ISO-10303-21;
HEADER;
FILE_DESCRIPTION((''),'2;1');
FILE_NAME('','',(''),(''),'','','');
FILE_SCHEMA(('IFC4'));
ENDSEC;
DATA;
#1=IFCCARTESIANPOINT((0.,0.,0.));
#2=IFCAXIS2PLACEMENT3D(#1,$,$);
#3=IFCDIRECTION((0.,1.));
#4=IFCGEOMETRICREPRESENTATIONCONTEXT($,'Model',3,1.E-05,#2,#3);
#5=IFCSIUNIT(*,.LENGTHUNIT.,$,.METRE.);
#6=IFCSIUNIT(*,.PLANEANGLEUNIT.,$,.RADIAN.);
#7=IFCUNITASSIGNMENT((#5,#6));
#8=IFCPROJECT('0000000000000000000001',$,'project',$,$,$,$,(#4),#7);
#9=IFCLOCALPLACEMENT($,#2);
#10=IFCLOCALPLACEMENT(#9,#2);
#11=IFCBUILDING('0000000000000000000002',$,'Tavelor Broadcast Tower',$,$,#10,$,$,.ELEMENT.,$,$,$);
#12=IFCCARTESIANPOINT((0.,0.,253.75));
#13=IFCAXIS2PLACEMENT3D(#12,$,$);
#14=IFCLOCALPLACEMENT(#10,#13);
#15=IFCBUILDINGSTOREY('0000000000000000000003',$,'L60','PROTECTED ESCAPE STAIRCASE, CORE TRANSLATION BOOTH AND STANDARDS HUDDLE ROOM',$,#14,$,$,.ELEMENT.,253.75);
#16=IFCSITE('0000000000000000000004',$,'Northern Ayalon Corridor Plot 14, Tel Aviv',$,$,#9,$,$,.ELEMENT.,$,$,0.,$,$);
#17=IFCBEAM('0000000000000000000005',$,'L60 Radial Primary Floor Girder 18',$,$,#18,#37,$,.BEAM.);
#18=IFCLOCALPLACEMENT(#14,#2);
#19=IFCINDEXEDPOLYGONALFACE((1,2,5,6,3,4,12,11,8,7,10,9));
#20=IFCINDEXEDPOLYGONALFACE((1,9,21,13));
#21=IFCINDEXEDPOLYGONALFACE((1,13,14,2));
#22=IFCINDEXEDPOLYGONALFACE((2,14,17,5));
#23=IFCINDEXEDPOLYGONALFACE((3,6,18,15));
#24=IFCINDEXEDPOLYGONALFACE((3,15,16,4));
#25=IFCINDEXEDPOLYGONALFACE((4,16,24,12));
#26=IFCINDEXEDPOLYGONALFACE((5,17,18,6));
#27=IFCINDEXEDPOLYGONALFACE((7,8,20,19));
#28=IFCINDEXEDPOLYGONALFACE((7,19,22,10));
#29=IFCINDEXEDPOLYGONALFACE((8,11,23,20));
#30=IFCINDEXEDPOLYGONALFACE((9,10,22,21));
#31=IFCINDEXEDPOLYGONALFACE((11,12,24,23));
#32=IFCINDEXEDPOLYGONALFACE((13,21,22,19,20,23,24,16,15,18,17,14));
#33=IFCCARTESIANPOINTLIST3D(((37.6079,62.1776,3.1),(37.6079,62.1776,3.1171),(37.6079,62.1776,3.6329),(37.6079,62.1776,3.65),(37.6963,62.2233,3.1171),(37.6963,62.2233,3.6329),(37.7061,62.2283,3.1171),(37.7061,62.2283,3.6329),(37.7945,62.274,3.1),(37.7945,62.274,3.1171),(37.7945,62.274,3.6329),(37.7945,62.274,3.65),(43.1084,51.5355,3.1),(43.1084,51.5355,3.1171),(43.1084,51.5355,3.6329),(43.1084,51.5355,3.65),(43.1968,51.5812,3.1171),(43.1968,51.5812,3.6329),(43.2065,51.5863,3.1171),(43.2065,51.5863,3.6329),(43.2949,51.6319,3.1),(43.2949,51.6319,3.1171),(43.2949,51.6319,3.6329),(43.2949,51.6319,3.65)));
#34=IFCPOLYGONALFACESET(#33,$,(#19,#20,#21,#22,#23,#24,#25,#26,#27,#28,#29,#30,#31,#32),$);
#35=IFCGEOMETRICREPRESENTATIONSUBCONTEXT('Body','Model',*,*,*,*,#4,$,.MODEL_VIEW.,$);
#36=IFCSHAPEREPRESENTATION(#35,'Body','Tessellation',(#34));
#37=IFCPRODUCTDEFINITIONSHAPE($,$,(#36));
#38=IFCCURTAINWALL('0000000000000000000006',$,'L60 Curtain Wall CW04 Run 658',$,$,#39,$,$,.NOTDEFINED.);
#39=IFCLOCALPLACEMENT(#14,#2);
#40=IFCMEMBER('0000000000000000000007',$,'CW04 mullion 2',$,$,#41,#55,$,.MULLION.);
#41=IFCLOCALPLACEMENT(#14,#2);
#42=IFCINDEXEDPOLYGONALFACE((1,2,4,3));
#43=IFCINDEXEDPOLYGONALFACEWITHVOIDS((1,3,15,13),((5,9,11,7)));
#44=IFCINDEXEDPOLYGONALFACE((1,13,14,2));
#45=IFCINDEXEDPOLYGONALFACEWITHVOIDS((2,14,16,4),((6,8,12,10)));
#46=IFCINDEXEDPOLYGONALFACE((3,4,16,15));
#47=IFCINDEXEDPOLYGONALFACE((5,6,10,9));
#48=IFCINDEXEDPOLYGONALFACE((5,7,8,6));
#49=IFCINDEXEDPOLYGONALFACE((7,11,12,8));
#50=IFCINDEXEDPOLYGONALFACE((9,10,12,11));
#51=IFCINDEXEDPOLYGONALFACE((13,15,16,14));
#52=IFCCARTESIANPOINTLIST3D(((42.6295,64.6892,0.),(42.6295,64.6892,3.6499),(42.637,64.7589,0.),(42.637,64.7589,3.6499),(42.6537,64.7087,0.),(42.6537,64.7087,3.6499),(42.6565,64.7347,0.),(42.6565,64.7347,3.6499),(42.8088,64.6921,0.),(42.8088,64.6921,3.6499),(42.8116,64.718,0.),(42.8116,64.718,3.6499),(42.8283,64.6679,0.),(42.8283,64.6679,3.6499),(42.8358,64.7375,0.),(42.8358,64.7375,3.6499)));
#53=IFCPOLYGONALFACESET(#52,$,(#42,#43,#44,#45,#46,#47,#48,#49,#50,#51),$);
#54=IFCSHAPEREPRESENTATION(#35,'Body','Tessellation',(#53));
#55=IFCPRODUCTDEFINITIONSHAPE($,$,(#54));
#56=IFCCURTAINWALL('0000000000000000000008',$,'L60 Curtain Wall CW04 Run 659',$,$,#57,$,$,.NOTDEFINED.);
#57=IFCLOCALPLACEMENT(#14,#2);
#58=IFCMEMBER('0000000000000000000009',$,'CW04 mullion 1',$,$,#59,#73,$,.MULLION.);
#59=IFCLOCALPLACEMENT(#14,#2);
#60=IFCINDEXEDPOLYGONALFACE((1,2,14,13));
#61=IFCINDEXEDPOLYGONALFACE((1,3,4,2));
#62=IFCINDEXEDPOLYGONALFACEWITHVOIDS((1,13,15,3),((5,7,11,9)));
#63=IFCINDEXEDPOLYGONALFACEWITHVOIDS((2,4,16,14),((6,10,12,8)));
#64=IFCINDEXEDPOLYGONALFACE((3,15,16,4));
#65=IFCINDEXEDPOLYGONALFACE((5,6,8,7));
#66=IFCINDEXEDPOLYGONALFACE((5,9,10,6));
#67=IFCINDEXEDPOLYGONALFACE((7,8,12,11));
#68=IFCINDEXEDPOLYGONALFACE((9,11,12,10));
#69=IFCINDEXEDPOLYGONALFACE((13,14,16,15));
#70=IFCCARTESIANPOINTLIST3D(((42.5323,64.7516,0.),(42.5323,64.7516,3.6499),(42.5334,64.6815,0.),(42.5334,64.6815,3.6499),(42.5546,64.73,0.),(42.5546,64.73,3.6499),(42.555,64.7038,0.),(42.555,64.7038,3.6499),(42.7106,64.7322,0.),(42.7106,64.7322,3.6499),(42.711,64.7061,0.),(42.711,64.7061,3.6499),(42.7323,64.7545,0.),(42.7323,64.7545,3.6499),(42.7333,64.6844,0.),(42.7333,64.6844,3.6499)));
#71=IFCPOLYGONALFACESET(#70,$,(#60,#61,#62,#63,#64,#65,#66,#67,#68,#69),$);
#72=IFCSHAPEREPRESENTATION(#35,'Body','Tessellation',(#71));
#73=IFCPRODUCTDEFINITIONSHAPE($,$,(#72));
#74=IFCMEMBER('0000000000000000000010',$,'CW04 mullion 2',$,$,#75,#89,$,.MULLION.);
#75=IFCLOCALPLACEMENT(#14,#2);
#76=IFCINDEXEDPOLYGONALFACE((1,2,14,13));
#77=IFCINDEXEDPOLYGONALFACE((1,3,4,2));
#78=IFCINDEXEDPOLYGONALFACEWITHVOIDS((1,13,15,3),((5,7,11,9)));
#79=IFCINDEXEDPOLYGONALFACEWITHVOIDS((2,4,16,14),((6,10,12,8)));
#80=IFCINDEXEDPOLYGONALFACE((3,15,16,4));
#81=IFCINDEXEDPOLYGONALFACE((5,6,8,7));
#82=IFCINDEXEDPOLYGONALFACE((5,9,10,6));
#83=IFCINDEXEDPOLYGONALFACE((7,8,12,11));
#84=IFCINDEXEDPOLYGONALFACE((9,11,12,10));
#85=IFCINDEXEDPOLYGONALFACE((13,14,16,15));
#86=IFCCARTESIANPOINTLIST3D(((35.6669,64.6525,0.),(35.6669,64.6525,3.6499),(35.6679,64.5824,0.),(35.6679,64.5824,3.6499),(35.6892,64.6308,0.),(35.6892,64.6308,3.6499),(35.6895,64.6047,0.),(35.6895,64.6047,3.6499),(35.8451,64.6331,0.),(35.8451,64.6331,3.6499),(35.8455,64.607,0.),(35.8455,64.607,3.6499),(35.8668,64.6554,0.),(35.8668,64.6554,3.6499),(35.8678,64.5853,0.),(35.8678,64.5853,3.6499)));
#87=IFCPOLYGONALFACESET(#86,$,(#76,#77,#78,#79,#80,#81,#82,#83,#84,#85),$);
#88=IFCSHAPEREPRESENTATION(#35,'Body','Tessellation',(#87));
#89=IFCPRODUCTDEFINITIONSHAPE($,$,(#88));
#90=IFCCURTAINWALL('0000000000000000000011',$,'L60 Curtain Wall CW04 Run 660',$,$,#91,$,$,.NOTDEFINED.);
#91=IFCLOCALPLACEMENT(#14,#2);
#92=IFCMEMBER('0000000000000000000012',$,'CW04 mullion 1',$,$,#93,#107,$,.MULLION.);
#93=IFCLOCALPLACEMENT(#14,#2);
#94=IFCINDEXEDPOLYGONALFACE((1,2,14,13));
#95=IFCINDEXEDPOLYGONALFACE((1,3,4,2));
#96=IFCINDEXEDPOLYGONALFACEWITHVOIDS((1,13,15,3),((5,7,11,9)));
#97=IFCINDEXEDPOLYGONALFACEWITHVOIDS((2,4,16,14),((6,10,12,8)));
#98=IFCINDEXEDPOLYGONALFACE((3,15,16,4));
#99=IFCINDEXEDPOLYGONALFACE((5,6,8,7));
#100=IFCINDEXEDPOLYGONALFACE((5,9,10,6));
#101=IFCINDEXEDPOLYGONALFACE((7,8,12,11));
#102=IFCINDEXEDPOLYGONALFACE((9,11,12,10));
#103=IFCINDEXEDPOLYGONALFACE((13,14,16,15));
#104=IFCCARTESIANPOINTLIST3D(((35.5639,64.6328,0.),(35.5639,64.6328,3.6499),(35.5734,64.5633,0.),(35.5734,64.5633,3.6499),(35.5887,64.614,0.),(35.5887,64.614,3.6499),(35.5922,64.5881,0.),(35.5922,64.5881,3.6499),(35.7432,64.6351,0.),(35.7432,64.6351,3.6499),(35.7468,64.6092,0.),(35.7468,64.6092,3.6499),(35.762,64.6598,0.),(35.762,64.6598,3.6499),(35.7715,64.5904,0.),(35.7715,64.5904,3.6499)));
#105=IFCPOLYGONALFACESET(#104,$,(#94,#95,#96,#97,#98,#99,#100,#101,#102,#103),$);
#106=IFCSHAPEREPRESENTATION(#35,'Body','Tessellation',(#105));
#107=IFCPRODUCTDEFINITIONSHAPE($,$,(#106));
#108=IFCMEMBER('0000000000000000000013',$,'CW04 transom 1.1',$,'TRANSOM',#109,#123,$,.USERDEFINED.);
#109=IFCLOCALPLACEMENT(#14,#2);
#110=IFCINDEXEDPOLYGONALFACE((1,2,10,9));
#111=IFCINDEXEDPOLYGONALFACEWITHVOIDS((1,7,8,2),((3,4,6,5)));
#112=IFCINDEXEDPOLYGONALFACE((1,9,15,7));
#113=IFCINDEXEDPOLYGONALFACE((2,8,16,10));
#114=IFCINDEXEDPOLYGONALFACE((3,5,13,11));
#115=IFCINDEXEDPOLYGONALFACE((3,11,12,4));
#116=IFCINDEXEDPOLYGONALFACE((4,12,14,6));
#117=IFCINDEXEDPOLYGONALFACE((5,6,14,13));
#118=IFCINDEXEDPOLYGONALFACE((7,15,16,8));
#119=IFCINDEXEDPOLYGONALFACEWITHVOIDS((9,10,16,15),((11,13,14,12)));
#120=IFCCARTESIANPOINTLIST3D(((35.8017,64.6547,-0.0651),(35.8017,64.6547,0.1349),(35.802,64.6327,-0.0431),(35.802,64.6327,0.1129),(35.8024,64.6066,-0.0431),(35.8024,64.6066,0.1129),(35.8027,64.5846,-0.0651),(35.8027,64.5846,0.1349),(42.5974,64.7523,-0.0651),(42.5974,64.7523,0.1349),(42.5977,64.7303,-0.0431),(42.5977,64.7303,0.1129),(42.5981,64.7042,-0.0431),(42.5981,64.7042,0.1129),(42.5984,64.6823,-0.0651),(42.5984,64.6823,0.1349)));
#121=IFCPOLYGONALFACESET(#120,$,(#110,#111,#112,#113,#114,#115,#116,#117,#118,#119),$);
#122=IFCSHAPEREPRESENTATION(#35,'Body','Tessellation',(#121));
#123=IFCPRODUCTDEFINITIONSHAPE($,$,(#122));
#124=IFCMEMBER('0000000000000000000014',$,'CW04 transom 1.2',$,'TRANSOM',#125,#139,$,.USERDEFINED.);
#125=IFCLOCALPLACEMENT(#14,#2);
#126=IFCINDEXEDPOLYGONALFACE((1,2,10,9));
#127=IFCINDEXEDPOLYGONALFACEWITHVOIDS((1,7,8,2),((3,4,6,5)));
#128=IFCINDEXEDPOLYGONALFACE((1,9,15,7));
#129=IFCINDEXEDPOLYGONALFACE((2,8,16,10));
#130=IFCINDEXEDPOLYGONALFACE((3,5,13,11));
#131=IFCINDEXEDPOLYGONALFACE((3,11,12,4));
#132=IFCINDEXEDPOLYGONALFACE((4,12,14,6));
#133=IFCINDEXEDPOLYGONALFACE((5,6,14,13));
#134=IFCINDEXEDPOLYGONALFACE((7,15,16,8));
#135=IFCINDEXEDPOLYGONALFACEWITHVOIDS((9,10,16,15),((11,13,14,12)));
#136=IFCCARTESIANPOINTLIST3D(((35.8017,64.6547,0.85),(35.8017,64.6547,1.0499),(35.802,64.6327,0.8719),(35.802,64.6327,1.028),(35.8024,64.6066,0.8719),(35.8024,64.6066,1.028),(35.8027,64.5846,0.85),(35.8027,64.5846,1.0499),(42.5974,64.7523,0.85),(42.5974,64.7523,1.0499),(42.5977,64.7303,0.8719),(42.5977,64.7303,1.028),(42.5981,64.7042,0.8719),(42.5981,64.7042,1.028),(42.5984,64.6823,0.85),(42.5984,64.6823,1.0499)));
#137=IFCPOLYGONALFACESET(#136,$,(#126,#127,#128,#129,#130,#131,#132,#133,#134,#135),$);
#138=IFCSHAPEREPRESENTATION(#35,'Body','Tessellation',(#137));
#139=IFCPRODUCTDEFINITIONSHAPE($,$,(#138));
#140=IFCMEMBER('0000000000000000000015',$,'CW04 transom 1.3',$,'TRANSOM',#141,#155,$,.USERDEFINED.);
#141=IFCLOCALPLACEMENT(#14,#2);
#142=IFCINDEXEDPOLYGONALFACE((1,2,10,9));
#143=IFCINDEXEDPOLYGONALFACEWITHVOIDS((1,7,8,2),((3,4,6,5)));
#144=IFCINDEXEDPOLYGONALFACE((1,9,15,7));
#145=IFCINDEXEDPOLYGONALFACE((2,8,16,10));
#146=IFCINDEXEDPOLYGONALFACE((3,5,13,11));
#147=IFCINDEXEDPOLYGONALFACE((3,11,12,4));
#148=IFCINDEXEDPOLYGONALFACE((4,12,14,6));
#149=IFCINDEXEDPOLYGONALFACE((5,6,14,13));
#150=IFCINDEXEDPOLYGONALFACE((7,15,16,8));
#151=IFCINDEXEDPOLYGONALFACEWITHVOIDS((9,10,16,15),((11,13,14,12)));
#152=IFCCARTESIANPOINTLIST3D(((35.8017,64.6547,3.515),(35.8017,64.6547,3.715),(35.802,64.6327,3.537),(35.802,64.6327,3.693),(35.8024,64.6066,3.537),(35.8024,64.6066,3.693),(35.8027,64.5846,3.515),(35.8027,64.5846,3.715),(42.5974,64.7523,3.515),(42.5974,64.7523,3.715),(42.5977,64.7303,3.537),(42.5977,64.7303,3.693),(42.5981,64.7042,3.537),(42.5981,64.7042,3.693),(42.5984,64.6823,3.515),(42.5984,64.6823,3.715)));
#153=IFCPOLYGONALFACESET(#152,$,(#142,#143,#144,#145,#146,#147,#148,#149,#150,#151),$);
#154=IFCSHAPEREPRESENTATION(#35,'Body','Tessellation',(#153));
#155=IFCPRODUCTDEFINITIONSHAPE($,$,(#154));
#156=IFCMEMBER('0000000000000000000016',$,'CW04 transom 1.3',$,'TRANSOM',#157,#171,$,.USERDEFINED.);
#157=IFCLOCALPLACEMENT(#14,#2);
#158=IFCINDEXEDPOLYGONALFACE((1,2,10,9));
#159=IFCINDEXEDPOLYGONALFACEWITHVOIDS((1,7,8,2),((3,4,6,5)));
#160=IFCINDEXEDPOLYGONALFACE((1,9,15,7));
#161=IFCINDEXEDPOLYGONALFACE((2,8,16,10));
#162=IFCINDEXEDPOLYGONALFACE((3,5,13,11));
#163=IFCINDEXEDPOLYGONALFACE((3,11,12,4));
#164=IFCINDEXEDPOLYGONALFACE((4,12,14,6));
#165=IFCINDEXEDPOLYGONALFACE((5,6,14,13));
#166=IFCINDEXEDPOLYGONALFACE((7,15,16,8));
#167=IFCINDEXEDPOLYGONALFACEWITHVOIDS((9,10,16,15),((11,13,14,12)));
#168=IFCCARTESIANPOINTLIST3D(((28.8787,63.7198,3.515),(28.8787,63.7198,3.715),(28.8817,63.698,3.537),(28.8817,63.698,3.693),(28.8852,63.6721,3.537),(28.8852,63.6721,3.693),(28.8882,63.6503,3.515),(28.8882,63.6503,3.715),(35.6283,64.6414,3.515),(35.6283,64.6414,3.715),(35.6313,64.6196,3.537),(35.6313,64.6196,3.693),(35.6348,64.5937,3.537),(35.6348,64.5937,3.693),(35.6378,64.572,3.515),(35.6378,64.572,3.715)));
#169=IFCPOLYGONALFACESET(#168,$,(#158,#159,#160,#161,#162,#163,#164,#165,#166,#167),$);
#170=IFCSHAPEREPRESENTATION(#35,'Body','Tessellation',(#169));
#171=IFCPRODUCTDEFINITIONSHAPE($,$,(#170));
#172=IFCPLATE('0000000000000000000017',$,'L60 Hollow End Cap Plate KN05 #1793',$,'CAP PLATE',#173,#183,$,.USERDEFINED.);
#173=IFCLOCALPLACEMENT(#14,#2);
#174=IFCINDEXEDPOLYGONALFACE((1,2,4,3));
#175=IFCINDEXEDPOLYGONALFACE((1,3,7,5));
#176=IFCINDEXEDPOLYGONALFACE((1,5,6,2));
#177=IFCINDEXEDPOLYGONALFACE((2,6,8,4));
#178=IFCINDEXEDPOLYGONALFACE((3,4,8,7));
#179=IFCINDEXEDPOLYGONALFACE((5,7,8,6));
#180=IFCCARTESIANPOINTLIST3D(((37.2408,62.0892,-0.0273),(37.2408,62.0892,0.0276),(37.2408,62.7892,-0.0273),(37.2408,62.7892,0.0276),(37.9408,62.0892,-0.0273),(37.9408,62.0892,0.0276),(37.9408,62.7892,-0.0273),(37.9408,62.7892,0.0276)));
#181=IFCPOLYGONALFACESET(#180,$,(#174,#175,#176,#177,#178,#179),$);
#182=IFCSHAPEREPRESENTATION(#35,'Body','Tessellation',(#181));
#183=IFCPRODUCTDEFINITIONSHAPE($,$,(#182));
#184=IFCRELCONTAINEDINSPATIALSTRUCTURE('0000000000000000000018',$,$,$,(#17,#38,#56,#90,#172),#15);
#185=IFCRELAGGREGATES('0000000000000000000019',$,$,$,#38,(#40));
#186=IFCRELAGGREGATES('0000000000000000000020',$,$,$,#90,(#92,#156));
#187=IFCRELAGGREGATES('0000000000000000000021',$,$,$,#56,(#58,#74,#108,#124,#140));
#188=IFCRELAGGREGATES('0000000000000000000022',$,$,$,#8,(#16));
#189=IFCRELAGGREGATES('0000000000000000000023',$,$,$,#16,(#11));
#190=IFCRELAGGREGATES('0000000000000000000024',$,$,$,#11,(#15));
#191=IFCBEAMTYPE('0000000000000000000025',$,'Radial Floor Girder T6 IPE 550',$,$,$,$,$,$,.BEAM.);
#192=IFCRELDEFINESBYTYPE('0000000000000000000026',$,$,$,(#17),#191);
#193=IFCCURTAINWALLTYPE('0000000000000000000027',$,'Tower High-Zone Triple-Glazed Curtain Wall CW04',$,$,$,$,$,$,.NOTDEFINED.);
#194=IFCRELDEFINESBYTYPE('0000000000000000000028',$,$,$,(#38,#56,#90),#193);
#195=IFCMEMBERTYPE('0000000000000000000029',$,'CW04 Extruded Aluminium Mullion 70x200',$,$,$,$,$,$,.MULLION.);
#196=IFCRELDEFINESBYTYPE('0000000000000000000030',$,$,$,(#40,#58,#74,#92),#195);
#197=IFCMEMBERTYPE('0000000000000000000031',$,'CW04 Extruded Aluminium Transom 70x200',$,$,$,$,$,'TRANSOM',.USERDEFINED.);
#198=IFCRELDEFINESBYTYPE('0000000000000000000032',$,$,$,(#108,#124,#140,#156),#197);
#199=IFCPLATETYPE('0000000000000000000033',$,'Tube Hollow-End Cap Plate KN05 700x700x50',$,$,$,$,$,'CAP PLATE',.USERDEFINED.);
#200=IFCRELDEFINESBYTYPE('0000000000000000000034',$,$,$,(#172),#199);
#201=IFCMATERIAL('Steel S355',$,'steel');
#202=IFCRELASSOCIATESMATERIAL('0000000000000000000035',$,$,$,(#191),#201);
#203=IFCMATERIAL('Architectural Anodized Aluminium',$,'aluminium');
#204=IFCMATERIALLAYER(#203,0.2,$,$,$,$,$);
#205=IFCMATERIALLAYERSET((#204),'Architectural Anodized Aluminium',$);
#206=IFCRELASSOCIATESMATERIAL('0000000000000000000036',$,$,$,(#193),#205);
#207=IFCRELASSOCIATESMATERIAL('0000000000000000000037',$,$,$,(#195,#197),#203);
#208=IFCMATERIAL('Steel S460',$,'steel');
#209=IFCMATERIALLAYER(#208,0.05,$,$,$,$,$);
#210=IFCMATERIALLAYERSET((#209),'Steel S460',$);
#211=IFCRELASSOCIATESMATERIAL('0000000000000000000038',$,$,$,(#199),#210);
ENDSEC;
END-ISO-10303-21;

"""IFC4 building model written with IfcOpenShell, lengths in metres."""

from ifc_helpers import new_model, si_unit, direction, frame, origin, origin_2d, place, context, subcontext, project, spatial, rectangle, hollow_rectangle, i_section, extrude, source, transform, mapped, material, layer, layer_set, material_profile, profile_set, type_object, type_shapes, element, aggregate, save


model = new_model("IFC4")

# Units and contexts
model_context = context("Model", 3, precision=1e-05, world=origin(), true_north=direction((0.0, 1.0)))
body_context = subcontext(model_context, "Body", "Model", "MODEL_VIEW")
ifc_project = project(units=[si_unit("LENGTHUNIT", "METRE"), si_unit("PLANEANGLEUNIT", "RADIAN")], contexts=[model_context])

# Site, building, storey
site_placement = place(None, origin())
site = spatial("IfcSite", under=ifc_project, at=site_placement, Name="Northern Ayalon Corridor Plot 14, Tel Aviv", CompositionType="ELEMENT", RefElevation=0.0)
building_placement = place(site_placement, origin())
building = spatial("IfcBuilding", under=site, at=building_placement, Name="Tavelor Broadcast Tower", CompositionType="ELEMENT")
storey_placement = place(building_placement, frame((0.0, 0.0, 253.75)))
storey = spatial("IfcBuildingStorey", under=building, at=storey_placement, Name="L60", Description="PROTECTED ESCAPE STAIRCASE, CORE TRANSLATION BOOTH AND STANDARDS HUDDLE ROOM", CompositionType="ELEMENT", Elevation=253.75)

# Shared definitions
ifc_material_1 = material(Name="Steel S460", Category="steel")

# Beam
ifc_material_2 = material(Name="Steel S355", Category="steel")
ifc_material_profile_1 = material_profile(ifc_material_2, i_section(OverallWidth=0.21, OverallDepth=0.55, WebThickness=0.011, FlangeThickness=0.0171, at=origin_2d()), Name="IPE 550")
ifc_profile_set_1 = profile_set([ifc_material_profile_1], Name="Steel S355")
beam_type_1 = type_object("IfcBeamType", Name="Radial Floor Girder T6 IPE 550", PredefinedType="BEAM", material=ifc_profile_set_1)
beam_1_placement = place(storey_placement, frame((43.2017, 51.5837, 3.375), z_axis=(-0.459157, 0.888355, 0.0), x_axis=(-0.888355, -0.459157, 0.0)))
element("IfcBeam", 1, at=beam_1_placement, inside=storey, type_object=beam_type_1, Name="L60 Radial Primary Floor Girder 18", PredefinedType="BEAM", context=body_context, shape_type="SweptSolid", body=[
    extrude(i_section(OverallWidth=0.21, OverallDepth=0.55, WebThickness=0.011, FlangeThickness=0.0171, at=origin_2d()), origin(), (0.0, 0.0, 1.0), 11.9795),
])

# Curtain wall, member
ifc_material_3 = material(Name="Architectural Anodized Aluminium", Category="aluminium")
ifc_layer_1 = layer(ifc_material_3, 0.2)
ifc_layer_set_1 = layer_set([ifc_layer_1], Name="Architectural Anodized Aluminium")
curtain_wall_type = type_object("IfcCurtainWallType", Name="Tower High-Zone Triple-Glazed Curtain Wall CW04", PredefinedType="NOTDEFINED", material=ifc_layer_set_1)
curtain_wall_1_placement = place(storey_placement, origin())
curtain_wall_1 = element("IfcCurtainWall", 2, at=curtain_wall_1_placement, inside=storey, type_object=curtain_wall_type, Name="L60 Curtain Wall CW04 Run 658", PredefinedType="NOTDEFINED")
ifc_material_profile_2 = material_profile(ifc_material_3, hollow_rectangle(XDim=0.0701, YDim=0.2, WallThickness=0.022, at=origin_2d()), Name="RHS 70x200x22")
ifc_profile_set_2 = profile_set([ifc_material_profile_2], Name="Architectural Anodized Aluminium")
member_type_1 = type_object("IfcMemberType", Name="CW04 Extruded Aluminium Mullion 70x200", PredefinedType="MULLION", material=ifc_profile_set_2)
shared_shape_1 = source(origin(), body_context, "Body", "SweptSolid", [
    extrude(hollow_rectangle(XDim=0.0701, YDim=0.2, WallThickness=0.022, at=origin_2d()), origin(), (0.0, 0.0, 1.0), 3.6499),
])
type_shapes(member_type_1, [shared_shape_1])
member_1_placement = place(storey_placement, frame((42.7327, 64.7134, 0.0), z_axis=(0.0, 0.0, 1.0), x_axis=(-0.106685, -0.994293, 0.0)))
member_1 = element("IfcMember", 3, at=member_1_placement, type_object=member_type_1, Name="CW04 mullion 2", PredefinedType="MULLION", context=body_context, shape_type="MappedRepresentation", body=[
    mapped(shared_shape_1, transform((0.0, 0.0, 0.0), scale=1.0)),
])
aggregate(curtain_wall_1, [member_1])

# Curtain wall, members
curtain_wall_2_placement = place(storey_placement, origin())
curtain_wall_2 = element("IfcCurtainWall", 4, at=curtain_wall_2_placement, inside=storey, type_object=curtain_wall_type, Name="L60 Curtain Wall CW04 Run 659", PredefinedType="NOTDEFINED")
member_2_placement = place(storey_placement, frame((42.6328, 64.718, 0.0), z_axis=(0.0, 0.0, 1.0), x_axis=(0.014402, -0.999896, 0.0)))
member_2 = element("IfcMember", 5, at=member_2_placement, type_object=member_type_1, Name="CW04 mullion 1", PredefinedType="MULLION", context=body_context, shape_type="MappedRepresentation", body=[
    mapped(shared_shape_1, transform((0.0, 0.0, 0.0), scale=1.0)),
])
member_3_placement = place(storey_placement, frame((35.7673, 64.6189, 0.0), z_axis=(0.0, 0.0, 1.0), x_axis=(0.014402, -0.999896, 0.0)))
member_3 = element("IfcMember", 6, at=member_3_placement, type_object=member_type_1, Name="CW04 mullion 2", PredefinedType="MULLION", context=body_context, shape_type="MappedRepresentation", body=[
    mapped(shared_shape_1, transform((0.0, 0.0, 0.0), scale=1.0)),
])

# Curtain wall, member
curtain_wall_3_placement = place(storey_placement, origin())
curtain_wall_3 = element("IfcCurtainWall", 7, at=curtain_wall_3_placement, inside=storey, type_object=curtain_wall_type, Name="L60 Curtain Wall CW04 Run 660", PredefinedType="NOTDEFINED")
member_4_placement = place(storey_placement, frame((35.6677, 64.6116, 0.0), z_axis=(0.0, 0.0, 1.0), x_axis=(0.135309, -0.990803, 0.0)))
member_4 = element("IfcMember", 8, at=member_4_placement, type_object=member_type_1, Name="CW04 mullion 1", PredefinedType="MULLION", context=body_context, shape_type="MappedRepresentation", body=[
    mapped(shared_shape_1, transform((0.0, 0.0, 0.0), scale=1.0)),
])

# Members
ifc_material_profile_3 = material_profile(ifc_material_3, hollow_rectangle(XDim=0.0701, YDim=0.2, WallThickness=0.022, at=origin_2d()), Name="RHS 70x200x22")
ifc_profile_set_3 = profile_set([ifc_material_profile_3], Name="Architectural Anodized Aluminium")
member_type_2 = type_object("IfcMemberType", Name="CW04 Extruded Aluminium Transom 70x200", ElementType="TRANSOM", PredefinedType="USERDEFINED", material=ifc_profile_set_3)
shared_shape_2 = source(origin(), body_context, "Body", "SweptSolid", [
    extrude(hollow_rectangle(XDim=0.0701, YDim=0.2, WallThickness=0.022, at=origin_2d()), origin(), (0.0, 0.0, 1.0), 6.7964),
])
member_5_placement = place(storey_placement, frame((42.5979, 64.7173, 0.0349), z_axis=(-0.999897, -0.014369, 0.0), x_axis=(0.014369, -0.999897, 0.0)))
member_5 = element("IfcMember", 9, at=member_5_placement, type_object=member_type_2, Name="CW04 transom 1.1", ObjectType="TRANSOM", PredefinedType="USERDEFINED", context=body_context, shape_type="MappedRepresentation", body=[
    mapped(shared_shape_2, transform((0.0, 0.0, 0.0), scale=1.0)),
])
member_6_placement = place(storey_placement, frame((42.5979, 64.7173, 0.95), z_axis=(-0.999897, -0.014369, 0.0), x_axis=(0.014369, -0.999897, 0.0)))
member_6 = element("IfcMember", 10, at=member_6_placement, type_object=member_type_2, Name="CW04 transom 1.2", ObjectType="TRANSOM", PredefinedType="USERDEFINED", context=body_context, shape_type="MappedRepresentation", body=[
    mapped(shared_shape_2, transform((0.0, 0.0, 0.0), scale=1.0)),
])
member_7_placement = place(storey_placement, frame((42.5979, 64.7173, 3.615), z_axis=(-0.999897, -0.014369, 0.0), x_axis=(0.014369, -0.999897, 0.0)))
member_7 = element("IfcMember", 11, at=member_7_placement, type_object=member_type_2, Name="CW04 transom 1.3", ObjectType="TRANSOM", PredefinedType="USERDEFINED", context=body_context, shape_type="MappedRepresentation", body=[
    mapped(shared_shape_2, transform((0.0, 0.0, 0.0), scale=1.0)),
])
shared_shape_3 = source(origin(), body_context, "Body", "SweptSolid", [
    extrude(hollow_rectangle(XDim=0.0701, YDim=0.2, WallThickness=0.022, at=origin_2d()), origin(), (0.0, 0.0, 1.0), 6.8123),
])
type_shapes(member_type_2, [shared_shape_2, shared_shape_3])
member_8_placement = place(storey_placement, frame((35.6331, 64.6067, 3.615), z_axis=(-0.990806, -0.135292, 0.0), x_axis=(0.135292, -0.990806, 0.0)))
member_8 = element("IfcMember", 12, at=member_8_placement, type_object=member_type_2, Name="CW04 transom 1.3", ObjectType="TRANSOM", PredefinedType="USERDEFINED", context=body_context, shape_type="MappedRepresentation", body=[
    mapped(shared_shape_3, transform((0.0, 0.0, 0.0), scale=1.0)),
])
aggregate(curtain_wall_3, [member_4, member_8])

# Plate
ifc_layer_2 = layer(ifc_material_1, 0.05)
ifc_layer_set_2 = layer_set([ifc_layer_2], Name="Steel S460")
plate_type_1 = type_object("IfcPlateType", Name="Tube Hollow-End Cap Plate KN05 700x700x50", ElementType="CAP PLATE", PredefinedType="USERDEFINED", material=ifc_layer_set_2)
shared_shape_4 = source(origin(), body_context, "Body", "SweptSolid", [
    extrude(rectangle(XDim=0.7, YDim=0.7, at=origin_2d()), origin(), (0.0, 0.0, 1.0), 0.0549),
])
type_shapes(plate_type_1, [shared_shape_4])
for number, where, z_axis, x_axis, name in (
    (13, (37.5908, 62.4392, -0.0273), (0.0, 0.0, 1.0), (1.0, 0.0, 0.0), "L60 Hollow End Cap Plate KN05 #1793"),
):
    element("IfcPlate", number, at=place(storey_placement, frame(where, z_axis=z_axis, x_axis=x_axis)), inside=storey, type_object=plate_type_1, Name=name, ObjectType="CAP PLATE", PredefinedType="USERDEFINED", context=body_context, shape_type="MappedRepresentation", body=[
        mapped(shared_shape_4, transform((0.0, 0.0, 0.0), scale=1.0)),
    ])

aggregate(curtain_wall_2, [member_2, member_3, member_5, member_6, member_7])

save(model, "model.ifc")
